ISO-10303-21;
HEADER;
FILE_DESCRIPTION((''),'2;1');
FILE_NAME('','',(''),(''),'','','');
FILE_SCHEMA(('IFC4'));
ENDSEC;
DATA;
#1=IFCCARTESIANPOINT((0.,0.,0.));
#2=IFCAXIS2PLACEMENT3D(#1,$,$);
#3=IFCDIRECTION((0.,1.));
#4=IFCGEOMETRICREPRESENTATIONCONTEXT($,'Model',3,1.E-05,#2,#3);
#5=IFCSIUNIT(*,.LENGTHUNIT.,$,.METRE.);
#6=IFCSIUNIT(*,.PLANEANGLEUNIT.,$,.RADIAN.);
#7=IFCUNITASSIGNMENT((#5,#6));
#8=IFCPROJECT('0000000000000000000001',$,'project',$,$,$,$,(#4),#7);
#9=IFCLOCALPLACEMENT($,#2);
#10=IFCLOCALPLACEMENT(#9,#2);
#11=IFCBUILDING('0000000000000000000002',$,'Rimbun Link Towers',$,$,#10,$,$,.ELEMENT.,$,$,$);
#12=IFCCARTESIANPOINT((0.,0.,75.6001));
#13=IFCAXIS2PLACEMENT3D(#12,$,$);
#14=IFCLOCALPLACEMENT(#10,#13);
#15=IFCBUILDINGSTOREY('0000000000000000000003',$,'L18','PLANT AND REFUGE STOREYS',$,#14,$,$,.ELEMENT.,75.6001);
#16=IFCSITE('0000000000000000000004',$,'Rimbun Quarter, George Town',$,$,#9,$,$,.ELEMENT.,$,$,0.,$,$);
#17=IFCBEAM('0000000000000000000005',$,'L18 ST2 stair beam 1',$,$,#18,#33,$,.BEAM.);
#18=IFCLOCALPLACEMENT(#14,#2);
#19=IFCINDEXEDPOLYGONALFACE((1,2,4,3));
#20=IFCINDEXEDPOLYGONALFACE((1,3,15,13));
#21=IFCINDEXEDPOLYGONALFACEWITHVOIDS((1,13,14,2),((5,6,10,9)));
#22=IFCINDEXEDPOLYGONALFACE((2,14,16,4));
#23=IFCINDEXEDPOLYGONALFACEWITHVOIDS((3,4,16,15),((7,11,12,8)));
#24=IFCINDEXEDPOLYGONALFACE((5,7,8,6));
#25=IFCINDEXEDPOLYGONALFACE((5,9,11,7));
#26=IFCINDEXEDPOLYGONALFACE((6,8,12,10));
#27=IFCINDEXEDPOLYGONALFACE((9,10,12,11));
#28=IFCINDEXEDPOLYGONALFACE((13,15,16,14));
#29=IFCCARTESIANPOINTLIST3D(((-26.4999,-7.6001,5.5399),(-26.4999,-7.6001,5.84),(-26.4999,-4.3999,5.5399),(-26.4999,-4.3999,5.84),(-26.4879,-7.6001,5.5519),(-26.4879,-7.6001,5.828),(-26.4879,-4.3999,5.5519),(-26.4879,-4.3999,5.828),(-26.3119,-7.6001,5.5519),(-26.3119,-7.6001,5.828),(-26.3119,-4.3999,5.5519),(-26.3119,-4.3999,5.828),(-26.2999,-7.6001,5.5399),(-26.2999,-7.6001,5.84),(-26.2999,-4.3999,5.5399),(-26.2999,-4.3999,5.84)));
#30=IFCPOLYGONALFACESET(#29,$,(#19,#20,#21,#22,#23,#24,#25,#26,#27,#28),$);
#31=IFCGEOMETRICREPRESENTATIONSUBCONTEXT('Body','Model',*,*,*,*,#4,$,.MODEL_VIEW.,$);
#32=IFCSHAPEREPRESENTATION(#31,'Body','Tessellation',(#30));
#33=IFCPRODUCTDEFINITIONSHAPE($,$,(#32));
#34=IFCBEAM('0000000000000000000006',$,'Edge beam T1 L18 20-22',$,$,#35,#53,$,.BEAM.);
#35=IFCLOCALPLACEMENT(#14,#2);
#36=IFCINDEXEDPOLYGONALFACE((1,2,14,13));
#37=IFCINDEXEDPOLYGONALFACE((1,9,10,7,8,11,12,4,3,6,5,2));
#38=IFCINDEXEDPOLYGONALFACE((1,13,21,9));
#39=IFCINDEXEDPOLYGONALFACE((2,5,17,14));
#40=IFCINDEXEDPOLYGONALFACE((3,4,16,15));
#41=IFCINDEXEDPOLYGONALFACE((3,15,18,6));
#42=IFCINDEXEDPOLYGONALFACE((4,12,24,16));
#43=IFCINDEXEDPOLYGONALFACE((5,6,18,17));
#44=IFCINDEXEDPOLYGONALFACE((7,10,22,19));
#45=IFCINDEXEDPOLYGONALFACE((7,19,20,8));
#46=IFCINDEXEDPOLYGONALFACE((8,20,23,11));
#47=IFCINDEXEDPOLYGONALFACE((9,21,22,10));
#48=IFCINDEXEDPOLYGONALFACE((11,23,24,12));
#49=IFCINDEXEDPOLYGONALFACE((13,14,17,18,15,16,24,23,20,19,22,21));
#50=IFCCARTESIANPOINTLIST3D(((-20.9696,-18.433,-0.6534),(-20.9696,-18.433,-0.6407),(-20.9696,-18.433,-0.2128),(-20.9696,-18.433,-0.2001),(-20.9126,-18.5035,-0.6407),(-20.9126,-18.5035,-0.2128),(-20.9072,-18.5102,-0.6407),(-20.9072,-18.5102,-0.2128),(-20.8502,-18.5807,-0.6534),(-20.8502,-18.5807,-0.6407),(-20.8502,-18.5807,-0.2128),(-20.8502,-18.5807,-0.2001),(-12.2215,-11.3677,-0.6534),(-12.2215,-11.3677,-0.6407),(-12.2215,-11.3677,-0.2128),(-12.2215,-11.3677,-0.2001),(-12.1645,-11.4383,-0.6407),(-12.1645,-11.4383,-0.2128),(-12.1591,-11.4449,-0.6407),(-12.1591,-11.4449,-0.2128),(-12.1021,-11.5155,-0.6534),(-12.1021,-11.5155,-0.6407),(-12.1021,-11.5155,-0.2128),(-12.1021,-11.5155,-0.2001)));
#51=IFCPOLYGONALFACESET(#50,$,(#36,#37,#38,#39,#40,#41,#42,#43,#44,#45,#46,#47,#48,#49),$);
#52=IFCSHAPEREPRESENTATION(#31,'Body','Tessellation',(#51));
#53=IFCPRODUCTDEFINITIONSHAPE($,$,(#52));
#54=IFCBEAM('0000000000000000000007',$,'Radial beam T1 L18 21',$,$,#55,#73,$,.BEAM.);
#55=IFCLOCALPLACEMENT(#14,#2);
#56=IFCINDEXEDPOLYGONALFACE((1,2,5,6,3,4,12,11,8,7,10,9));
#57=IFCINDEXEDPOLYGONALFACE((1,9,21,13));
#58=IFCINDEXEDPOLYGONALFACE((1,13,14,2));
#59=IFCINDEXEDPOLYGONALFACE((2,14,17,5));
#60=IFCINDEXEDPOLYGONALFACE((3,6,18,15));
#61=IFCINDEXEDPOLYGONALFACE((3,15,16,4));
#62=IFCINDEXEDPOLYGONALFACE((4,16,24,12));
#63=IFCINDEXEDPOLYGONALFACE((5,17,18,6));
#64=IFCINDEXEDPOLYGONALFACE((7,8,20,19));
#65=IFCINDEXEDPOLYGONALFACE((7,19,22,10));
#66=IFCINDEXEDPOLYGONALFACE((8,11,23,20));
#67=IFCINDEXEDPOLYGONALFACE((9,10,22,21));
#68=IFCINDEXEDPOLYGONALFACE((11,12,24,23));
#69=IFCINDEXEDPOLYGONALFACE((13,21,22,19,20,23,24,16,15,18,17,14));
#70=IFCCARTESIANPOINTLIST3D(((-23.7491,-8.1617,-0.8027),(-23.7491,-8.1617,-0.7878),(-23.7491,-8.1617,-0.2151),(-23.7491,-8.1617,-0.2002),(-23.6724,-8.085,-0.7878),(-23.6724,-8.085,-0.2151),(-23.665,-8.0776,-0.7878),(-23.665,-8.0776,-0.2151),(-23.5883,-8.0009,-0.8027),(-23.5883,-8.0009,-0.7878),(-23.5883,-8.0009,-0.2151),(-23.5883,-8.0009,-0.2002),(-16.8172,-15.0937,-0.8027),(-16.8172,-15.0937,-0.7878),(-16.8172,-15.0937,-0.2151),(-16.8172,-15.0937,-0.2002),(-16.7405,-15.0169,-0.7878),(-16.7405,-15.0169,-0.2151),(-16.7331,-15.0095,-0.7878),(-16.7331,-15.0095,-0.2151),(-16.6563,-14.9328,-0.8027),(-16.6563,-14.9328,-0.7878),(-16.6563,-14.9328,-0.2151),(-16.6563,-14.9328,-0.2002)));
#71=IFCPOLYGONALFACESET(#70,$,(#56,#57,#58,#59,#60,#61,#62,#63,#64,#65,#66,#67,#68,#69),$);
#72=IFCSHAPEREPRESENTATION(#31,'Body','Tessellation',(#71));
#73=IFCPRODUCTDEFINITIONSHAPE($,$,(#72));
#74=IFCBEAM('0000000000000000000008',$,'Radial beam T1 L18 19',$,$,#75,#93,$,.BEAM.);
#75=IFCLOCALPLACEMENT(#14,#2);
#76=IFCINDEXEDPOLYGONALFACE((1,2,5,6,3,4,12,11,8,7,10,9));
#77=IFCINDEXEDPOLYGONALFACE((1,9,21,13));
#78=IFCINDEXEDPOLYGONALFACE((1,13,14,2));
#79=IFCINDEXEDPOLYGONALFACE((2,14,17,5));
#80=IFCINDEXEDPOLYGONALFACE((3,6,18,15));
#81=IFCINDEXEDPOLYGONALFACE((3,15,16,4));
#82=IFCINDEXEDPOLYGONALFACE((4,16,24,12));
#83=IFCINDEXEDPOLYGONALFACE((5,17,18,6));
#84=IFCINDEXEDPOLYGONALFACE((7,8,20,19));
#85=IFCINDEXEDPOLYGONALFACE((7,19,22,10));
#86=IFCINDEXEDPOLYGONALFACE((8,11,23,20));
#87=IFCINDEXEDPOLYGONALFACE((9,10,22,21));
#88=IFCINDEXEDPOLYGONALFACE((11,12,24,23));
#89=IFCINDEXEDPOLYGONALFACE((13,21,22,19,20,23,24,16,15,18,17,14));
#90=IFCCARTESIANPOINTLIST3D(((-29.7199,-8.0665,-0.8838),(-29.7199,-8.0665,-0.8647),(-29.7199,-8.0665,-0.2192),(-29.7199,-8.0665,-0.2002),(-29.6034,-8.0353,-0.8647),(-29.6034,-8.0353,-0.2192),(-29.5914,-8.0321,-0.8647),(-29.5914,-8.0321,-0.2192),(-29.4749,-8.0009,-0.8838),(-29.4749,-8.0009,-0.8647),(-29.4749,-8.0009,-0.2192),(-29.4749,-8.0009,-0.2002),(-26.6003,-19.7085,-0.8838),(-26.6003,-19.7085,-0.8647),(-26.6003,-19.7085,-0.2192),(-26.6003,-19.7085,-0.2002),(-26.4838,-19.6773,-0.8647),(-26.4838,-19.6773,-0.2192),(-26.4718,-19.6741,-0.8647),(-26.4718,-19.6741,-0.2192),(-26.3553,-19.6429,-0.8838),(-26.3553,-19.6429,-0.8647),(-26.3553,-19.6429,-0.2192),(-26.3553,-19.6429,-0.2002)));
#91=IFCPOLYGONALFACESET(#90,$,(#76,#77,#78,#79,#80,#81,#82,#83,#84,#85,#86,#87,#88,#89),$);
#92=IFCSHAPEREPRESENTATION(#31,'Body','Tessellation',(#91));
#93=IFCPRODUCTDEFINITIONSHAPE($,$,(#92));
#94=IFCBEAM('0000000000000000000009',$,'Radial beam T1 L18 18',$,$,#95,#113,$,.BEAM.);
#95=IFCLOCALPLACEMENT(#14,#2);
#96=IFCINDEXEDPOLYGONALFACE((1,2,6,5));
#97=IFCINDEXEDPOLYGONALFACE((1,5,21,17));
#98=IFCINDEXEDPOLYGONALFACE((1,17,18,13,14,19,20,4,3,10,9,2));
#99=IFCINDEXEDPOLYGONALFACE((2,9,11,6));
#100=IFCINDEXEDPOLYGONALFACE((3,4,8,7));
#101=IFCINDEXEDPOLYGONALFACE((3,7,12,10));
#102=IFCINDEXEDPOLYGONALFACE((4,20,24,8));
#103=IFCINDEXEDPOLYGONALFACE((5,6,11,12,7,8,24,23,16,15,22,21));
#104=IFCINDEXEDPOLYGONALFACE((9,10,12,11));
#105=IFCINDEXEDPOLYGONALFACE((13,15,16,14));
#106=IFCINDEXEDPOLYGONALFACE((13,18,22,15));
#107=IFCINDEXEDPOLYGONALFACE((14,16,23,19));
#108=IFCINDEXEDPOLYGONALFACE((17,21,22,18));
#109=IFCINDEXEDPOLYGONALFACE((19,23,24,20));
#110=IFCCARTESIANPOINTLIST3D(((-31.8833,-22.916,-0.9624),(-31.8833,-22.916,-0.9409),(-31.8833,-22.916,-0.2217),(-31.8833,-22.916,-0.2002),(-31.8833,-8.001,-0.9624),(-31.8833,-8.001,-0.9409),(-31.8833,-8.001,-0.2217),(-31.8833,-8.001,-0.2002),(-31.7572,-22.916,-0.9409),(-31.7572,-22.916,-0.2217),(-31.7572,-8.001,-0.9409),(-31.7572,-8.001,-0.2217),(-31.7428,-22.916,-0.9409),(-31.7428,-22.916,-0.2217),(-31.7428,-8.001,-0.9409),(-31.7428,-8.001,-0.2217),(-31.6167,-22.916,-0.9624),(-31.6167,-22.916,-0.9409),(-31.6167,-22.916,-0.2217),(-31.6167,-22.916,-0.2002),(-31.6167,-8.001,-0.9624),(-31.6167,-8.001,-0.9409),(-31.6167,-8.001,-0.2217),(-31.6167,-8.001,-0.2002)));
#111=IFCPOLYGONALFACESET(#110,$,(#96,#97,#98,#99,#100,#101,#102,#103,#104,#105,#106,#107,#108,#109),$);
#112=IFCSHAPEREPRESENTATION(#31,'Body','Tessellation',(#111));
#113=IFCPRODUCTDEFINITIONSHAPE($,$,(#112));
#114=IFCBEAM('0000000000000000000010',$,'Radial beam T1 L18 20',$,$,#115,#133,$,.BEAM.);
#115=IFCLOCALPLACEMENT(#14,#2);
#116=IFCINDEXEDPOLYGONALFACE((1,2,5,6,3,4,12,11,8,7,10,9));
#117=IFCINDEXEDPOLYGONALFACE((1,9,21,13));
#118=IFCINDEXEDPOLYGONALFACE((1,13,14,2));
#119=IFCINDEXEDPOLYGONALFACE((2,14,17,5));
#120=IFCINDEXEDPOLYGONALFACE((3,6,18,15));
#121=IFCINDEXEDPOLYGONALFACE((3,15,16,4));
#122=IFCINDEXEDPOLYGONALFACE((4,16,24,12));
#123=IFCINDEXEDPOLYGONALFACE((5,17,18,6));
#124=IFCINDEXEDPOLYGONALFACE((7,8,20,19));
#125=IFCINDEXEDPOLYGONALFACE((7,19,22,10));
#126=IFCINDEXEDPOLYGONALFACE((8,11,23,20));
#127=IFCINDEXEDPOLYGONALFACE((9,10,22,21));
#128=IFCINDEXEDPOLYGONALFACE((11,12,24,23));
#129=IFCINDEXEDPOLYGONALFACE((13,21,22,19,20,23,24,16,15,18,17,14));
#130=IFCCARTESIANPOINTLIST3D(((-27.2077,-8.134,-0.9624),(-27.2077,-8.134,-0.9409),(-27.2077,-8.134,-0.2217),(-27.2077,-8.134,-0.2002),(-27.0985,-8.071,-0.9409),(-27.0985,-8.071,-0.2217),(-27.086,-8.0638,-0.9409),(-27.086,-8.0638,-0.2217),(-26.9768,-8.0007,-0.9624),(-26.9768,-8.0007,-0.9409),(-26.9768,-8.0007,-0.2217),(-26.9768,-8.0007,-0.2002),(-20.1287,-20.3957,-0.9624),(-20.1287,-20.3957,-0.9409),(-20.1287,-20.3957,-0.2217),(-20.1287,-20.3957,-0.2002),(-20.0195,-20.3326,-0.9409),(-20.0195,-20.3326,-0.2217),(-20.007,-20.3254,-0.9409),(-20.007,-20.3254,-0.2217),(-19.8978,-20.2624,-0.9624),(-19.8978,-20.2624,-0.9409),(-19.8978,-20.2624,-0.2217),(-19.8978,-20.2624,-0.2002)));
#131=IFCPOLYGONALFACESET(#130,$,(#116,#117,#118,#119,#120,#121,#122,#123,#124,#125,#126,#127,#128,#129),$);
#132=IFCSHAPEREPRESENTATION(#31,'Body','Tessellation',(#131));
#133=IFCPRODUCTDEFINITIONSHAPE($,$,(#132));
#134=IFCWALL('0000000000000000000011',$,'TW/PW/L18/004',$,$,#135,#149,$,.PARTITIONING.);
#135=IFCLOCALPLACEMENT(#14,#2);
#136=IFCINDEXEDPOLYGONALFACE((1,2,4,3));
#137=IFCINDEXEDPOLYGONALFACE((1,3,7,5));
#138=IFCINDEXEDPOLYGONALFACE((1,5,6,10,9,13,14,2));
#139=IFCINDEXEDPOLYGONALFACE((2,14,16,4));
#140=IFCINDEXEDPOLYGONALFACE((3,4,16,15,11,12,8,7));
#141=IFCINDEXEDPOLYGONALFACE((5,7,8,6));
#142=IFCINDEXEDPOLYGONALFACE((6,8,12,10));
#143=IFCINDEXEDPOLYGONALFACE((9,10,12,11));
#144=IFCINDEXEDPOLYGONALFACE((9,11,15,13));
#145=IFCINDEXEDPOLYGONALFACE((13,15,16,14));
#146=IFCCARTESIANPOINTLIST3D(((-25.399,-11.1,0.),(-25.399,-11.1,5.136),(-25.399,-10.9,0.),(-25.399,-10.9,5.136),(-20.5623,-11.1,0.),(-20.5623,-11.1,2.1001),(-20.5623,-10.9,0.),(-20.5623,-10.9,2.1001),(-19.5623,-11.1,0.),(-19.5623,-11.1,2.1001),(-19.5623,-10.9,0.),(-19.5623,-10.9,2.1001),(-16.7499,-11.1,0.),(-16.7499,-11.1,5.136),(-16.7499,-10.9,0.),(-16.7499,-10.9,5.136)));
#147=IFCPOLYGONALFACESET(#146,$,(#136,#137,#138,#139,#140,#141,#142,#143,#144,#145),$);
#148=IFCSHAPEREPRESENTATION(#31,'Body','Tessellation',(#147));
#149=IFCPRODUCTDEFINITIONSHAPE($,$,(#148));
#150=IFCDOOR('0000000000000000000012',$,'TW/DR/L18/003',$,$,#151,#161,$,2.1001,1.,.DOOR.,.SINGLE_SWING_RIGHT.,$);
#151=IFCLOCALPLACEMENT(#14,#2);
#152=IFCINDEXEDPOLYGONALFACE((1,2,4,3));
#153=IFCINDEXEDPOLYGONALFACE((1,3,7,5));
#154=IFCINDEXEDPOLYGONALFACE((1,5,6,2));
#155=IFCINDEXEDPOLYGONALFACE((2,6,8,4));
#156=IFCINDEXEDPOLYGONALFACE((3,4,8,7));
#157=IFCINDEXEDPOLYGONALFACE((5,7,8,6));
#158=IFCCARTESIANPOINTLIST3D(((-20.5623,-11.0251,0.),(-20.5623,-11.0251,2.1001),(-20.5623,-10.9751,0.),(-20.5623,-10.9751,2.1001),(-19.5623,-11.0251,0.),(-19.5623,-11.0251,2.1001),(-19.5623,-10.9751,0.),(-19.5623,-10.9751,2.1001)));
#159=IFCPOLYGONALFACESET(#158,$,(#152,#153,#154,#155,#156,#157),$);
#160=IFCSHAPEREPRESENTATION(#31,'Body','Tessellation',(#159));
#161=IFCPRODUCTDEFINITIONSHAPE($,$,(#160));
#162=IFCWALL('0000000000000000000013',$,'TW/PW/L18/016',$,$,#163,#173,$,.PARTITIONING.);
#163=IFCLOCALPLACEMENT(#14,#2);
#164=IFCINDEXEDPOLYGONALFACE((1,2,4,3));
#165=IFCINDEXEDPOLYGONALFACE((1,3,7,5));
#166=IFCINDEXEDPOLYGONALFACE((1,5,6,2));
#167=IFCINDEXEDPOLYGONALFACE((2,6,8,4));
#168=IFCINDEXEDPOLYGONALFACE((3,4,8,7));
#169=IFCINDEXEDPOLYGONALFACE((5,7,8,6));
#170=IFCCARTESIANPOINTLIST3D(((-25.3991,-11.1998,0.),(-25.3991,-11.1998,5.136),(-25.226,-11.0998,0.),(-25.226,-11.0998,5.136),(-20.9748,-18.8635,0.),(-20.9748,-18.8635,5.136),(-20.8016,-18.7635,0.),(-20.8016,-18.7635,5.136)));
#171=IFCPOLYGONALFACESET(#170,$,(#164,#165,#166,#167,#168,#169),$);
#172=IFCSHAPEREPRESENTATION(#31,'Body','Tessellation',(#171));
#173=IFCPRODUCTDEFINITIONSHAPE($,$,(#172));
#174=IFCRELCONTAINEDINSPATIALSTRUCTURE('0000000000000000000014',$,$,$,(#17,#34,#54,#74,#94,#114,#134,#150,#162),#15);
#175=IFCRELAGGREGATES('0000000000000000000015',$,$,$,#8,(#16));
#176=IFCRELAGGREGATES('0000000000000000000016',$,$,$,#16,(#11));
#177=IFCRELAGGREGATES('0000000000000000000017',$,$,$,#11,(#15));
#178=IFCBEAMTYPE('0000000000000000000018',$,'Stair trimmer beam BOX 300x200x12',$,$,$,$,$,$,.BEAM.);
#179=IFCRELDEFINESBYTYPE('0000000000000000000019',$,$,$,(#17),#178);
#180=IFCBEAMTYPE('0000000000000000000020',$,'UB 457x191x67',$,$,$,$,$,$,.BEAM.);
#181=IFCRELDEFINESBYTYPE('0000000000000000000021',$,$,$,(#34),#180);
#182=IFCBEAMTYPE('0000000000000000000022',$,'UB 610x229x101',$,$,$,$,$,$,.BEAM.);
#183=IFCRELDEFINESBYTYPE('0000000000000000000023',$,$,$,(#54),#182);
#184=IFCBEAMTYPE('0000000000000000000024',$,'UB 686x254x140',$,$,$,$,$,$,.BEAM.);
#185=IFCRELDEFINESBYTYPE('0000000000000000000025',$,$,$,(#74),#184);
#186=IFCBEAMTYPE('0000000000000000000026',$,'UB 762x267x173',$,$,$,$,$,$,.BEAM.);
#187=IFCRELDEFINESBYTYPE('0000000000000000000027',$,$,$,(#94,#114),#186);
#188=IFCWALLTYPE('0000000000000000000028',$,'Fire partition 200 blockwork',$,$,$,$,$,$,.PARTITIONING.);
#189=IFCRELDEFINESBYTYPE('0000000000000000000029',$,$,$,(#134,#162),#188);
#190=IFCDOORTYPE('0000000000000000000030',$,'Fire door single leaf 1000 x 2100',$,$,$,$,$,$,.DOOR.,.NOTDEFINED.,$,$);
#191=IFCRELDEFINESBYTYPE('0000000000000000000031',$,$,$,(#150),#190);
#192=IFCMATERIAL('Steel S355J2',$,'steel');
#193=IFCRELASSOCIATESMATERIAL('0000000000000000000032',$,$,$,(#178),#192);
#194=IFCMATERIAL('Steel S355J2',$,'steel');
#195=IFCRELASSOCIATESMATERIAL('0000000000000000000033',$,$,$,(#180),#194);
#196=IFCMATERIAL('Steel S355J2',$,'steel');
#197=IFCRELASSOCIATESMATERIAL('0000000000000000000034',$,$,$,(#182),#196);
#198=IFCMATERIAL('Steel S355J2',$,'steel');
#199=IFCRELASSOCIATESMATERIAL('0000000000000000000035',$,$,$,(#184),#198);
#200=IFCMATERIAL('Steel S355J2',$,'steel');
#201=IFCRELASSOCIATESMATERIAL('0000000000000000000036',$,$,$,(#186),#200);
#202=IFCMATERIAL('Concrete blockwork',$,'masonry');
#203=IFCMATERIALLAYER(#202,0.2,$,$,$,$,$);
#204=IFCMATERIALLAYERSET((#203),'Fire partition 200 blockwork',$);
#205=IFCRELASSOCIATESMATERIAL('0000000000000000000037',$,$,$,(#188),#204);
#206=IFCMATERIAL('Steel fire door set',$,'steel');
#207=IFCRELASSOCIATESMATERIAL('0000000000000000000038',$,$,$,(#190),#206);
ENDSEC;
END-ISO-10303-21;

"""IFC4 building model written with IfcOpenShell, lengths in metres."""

from ifc_helpers import new_model, si_unit, direction, frame, frame_2d, origin, origin_2d, place, context, subcontext, project, spatial, rectangle, hollow_rectangle, i_section, extrude, material, layer, layer_set, material_profile, profile_set, type_object, element, fill, save


model = new_model("IFC4")

# Units and contexts
model_context = context("Model", 3, precision=1e-05, world=origin(), true_north=direction((0.0, 1.0)))
body_context = subcontext(model_context, "Body", "Model", "MODEL_VIEW")
ifc_project = project(units=[si_unit("LENGTHUNIT", "METRE"), si_unit("PLANEANGLEUNIT", "RADIAN")], contexts=[model_context])

# Site, building, storey
site_placement = place(None, origin())
site = spatial("IfcSite", under=ifc_project, at=site_placement, Name="Rimbun Quarter, George Town", CompositionType="ELEMENT", RefElevation=0.0)
building_placement = place(site_placement, origin())
building = spatial("IfcBuilding", under=site, at=building_placement, Name="Rimbun Link Towers", CompositionType="ELEMENT")
storey_placement = place(building_placement, frame((0.0, 0.0, 75.6001)))
storey = spatial("IfcBuildingStorey", under=building, at=storey_placement, Name="L18", Description="PLANT AND REFUGE STOREYS", CompositionType="ELEMENT", Elevation=75.6001)

# Beams
ifc_material_1 = material(Name="Steel S355J2", Category="steel")
ifc_material_profile_1 = material_profile(ifc_material_1, hollow_rectangle(XDim=0.2, YDim=0.3, WallThickness=0.012, at=origin_2d()), Name="BOX 300x200x12")
ifc_profile_set_1 = profile_set([ifc_material_profile_1], Name="Steel S355J2")
beam_type_1 = type_object("IfcBeamType", Name="Stair trimmer beam BOX 300x200x12", PredefinedType="BEAM", material=ifc_profile_set_1)
beam_1_placement = place(storey_placement, frame((-26.3999, -7.6001, 5.6899), z_axis=(0.0, 1.0, 0.0), x_axis=(-1.0, 0.0, 0.0)))
element("IfcBeam", 1, at=beam_1_placement, inside=storey, type_object=beam_type_1, Name="L18 ST2 stair beam 1", PredefinedType="BEAM", context=body_context, shape_type="SweptSolid", body=[
    extrude(hollow_rectangle(XDim=0.2, YDim=0.3, WallThickness=0.012, at=origin_2d()), origin(), (0.0, 0.0, 1.0), 3.2002),
])
ifc_material_2 = material(Name="Steel S355J2", Category="steel")
ifc_material_profile_2 = material_profile(ifc_material_2, i_section(OverallWidth=0.1899, OverallDepth=0.4534, WebThickness=0.0085, FlangeThickness=0.0127, at=origin_2d()), Name="UB 457x191x67")
ifc_profile_set_2 = profile_set([ifc_material_profile_2], Name="Steel S355J2")
beam_type_2 = type_object("IfcBeamType", Name="UB 457x191x67", PredefinedType="BEAM", material=ifc_profile_set_2)
beam_2_placement = place(storey_placement, frame((-20.9099, -18.5068, -0.4268), z_axis=(0.777965, 0.628308, 0.0), x_axis=(-0.628308, 0.777965, 0.0)))
element("IfcBeam", 2, at=beam_2_placement, inside=storey, type_object=beam_type_2, Name="Edge beam T1 L18 20-22", PredefinedType="BEAM", context=body_context, shape_type="SweptSolid", body=[
    extrude(i_section(OverallWidth=0.1899, OverallDepth=0.4534, WebThickness=0.0085, FlangeThickness=0.0127, at=origin_2d()), origin(), (0.0, 0.0, 1.0), 11.2449),
])
ifc_material_3 = material(Name="Steel S355J2", Category="steel")
ifc_material_profile_3 = material_profile(ifc_material_3, i_section(OverallWidth=0.2275, OverallDepth=0.6025, WebThickness=0.0105, FlangeThickness=0.0149, at=origin_2d()), Name="UB 610x229x101")
ifc_profile_set_3 = profile_set([ifc_material_profile_3], Name="Steel S355J2")
beam_type_3 = type_object("IfcBeamType", Name="UB 610x229x101", PredefinedType="BEAM", material=ifc_profile_set_3)
beam_3_placement = place(storey_placement, frame((-23.6687, -8.0813, -0.5015), z_axis=(0.707107, -0.707107, 0.0), x_axis=(0.707107, 0.707107, 0.0)))
element("IfcBeam", 3, at=beam_3_placement, inside=storey, type_object=beam_type_3, Name="Radial beam T1 L18 21", PredefinedType="BEAM", context=body_context, shape_type="SweptSolid", body=[
    extrude(i_section(OverallWidth=0.2275, OverallDepth=0.6025, WebThickness=0.0105, FlangeThickness=0.0149, at=origin_2d()), origin(), (0.0, 0.0, 1.0), 9.8032),
])
ifc_material_4 = material(Name="Steel S355J2", Category="steel")
ifc_material_profile_4 = material_profile(ifc_material_4, i_section(OverallWidth=0.2537, OverallDepth=0.6836, WebThickness=0.0125, FlangeThickness=0.019, at=origin_2d()), Name="UB 686x254x140")
ifc_profile_set_4 = profile_set([ifc_material_profile_4], Name="Steel S355J2")
beam_type_4 = type_object("IfcBeamType", Name="UB 686x254x140", PredefinedType="BEAM", material=ifc_profile_set_4)
beam_4_placement = place(storey_placement, frame((-29.5974, -8.0337, -0.542), z_axis=(0.25883, -0.965923, 0.0), x_axis=(0.965923, 0.25883, 0.0)))
element("IfcBeam", 4, at=beam_4_placement, inside=storey, type_object=beam_type_4, Name="Radial beam T1 L18 19", PredefinedType="BEAM", context=body_context, shape_type="SweptSolid", body=[
    extrude(i_section(OverallWidth=0.2537, OverallDepth=0.6836, WebThickness=0.0125, FlangeThickness=0.019, at=origin_2d()), origin(), (0.0, 0.0, 1.0), 12.0527),
])
ifc_material_5 = material(Name="Steel S355J2", Category="steel")
ifc_material_profile_5 = material_profile(ifc_material_5, i_section(OverallWidth=0.2666, OverallDepth=0.7622, WebThickness=0.0144, FlangeThickness=0.0215, at=origin_2d()), Name="UB 762x267x173")
ifc_profile_set_5 = profile_set([ifc_material_profile_5], Name="Steel S355J2")
beam_type_5 = type_object("IfcBeamType", Name="UB 762x267x173", PredefinedType="BEAM", material=ifc_profile_set_5)
beam_5_placement = place(storey_placement, frame((-31.75, -8.001, -0.5813), z_axis=(0.0, -1.0, 0.0), x_axis=(1.0, 0.0, 0.0)))
element("IfcBeam", 5, at=beam_5_placement, inside=storey, type_object=beam_type_5, Name="Radial beam T1 L18 18", PredefinedType="BEAM", context=body_context, shape_type="SweptSolid", body=[
    extrude(i_section(OverallWidth=0.2666, OverallDepth=0.7622, WebThickness=0.0144, FlangeThickness=0.0215, at=origin_2d()), origin(), (0.0, 0.0, 1.0), 14.915),
])
beam_6_placement = place(storey_placement, frame((-27.0923, -8.0674, -0.5813), z_axis=(0.499989, -0.866032, 0.0), x_axis=(0.866032, 0.499989, 0.0)))
element("IfcBeam", 6, at=beam_6_placement, inside=storey, type_object=beam_type_5, Name="Radial beam T1 L18 20", PredefinedType="BEAM", context=body_context, shape_type="SweptSolid", body=[
    extrude(i_section(OverallWidth=0.2666, OverallDepth=0.7622, WebThickness=0.0144, FlangeThickness=0.0215, at=origin_2d()), origin(), (0.0, 0.0, 1.0), 14.1584),
])

# Wall, opening, door
ifc_material_6 = material(Name="Concrete blockwork", Category="masonry")
ifc_layer_1 = layer(ifc_material_6, 0.2)
ifc_layer_set_1 = layer_set([ifc_layer_1], Name="Fire partition 200 blockwork")
wall_type_1 = type_object("IfcWallType", Name="Fire partition 200 blockwork", PredefinedType="PARTITIONING", material=ifc_layer_set_1)
wall_1_placement = place(storey_placement, frame((-25.3992, -11.0, 0.0), z_axis=(0.0, 0.0, 1.0), x_axis=(1.0, 0.0, 0.0)))
wall_1 = element("IfcWall", 7, at=wall_1_placement, inside=storey, type_object=wall_type_1, Name="TW/PW/L18/004", PredefinedType="PARTITIONING", context=body_context, shape_type="SweptSolid", body=[
    extrude(rectangle(XDim=8.6492, YDim=0.2, at=frame_2d((4.3247, 0.0))), origin(), (0.0, 0.0, 1.0), 5.136),
])
opening_1_placement = place(wall_1_placement, frame((4.8369, 0.0, 0.0)))
opening_1 = element("IfcOpeningElement", 8, at=opening_1_placement, cuts=wall_1, PredefinedType="OPENING", context=body_context, shape_type="SweptSolid", body=[
    extrude(rectangle(XDim=1.0, YDim=2.1001, at=frame_2d((0.5, 1.05))), frame((0.0, 0.1099, 0.0), z_axis=(0.0, -1.0, 0.0), x_axis=(1.0, 0.0, 0.0)), (0.0, 0.0, 1.0), 0.22),
])
ifc_material_7 = material(Name="Steel fire door set", Category="steel")
door_type_1 = type_object("IfcDoorType", Name="Fire door single leaf 1000 x 2100", OperationType="NOTDEFINED", PredefinedType="DOOR", material=ifc_material_7)
door_1_placement = place(opening_1_placement, origin())
door_1 = element("IfcDoor", 9, at=door_1_placement, inside=storey, type_object=door_type_1, Name="TW/DR/L18/003", OperationType="SINGLE_SWING_RIGHT", OverallHeight=2.1001, OverallWidth=1.0, PredefinedType="DOOR", context=body_context, shape_type="SweptSolid", body=[
    extrude(rectangle(XDim=1.0, YDim=2.1001, at=frame_2d((0.5, 1.05))), frame((0.0, 0.0249, 0.0), z_axis=(0.0, -1.0, 0.0), x_axis=(1.0, 0.0, 0.0)), (0.0, 0.0, 1.0), 0.05),
])
fill(opening_1, door_1)

# Wall
wall_2_placement = place(storey_placement, frame((-20.8882, -18.8135, 0.0), z_axis=(0.0, 0.0, 1.0), x_axis=(-0.499979, 0.866038, 0.0)))
element("IfcWall", 10, at=wall_2_placement, inside=storey, type_object=wall_type_1, Name="TW/PW/L18/016", PredefinedType="PARTITIONING", context=body_context, shape_type="SweptSolid", body=[
    extrude(rectangle(XDim=8.8491, YDim=0.2, at=frame_2d((4.4246, 0.0))), origin(), (0.0, 0.0, 1.0), 5.136),
])

save(model, "model.ifc")
